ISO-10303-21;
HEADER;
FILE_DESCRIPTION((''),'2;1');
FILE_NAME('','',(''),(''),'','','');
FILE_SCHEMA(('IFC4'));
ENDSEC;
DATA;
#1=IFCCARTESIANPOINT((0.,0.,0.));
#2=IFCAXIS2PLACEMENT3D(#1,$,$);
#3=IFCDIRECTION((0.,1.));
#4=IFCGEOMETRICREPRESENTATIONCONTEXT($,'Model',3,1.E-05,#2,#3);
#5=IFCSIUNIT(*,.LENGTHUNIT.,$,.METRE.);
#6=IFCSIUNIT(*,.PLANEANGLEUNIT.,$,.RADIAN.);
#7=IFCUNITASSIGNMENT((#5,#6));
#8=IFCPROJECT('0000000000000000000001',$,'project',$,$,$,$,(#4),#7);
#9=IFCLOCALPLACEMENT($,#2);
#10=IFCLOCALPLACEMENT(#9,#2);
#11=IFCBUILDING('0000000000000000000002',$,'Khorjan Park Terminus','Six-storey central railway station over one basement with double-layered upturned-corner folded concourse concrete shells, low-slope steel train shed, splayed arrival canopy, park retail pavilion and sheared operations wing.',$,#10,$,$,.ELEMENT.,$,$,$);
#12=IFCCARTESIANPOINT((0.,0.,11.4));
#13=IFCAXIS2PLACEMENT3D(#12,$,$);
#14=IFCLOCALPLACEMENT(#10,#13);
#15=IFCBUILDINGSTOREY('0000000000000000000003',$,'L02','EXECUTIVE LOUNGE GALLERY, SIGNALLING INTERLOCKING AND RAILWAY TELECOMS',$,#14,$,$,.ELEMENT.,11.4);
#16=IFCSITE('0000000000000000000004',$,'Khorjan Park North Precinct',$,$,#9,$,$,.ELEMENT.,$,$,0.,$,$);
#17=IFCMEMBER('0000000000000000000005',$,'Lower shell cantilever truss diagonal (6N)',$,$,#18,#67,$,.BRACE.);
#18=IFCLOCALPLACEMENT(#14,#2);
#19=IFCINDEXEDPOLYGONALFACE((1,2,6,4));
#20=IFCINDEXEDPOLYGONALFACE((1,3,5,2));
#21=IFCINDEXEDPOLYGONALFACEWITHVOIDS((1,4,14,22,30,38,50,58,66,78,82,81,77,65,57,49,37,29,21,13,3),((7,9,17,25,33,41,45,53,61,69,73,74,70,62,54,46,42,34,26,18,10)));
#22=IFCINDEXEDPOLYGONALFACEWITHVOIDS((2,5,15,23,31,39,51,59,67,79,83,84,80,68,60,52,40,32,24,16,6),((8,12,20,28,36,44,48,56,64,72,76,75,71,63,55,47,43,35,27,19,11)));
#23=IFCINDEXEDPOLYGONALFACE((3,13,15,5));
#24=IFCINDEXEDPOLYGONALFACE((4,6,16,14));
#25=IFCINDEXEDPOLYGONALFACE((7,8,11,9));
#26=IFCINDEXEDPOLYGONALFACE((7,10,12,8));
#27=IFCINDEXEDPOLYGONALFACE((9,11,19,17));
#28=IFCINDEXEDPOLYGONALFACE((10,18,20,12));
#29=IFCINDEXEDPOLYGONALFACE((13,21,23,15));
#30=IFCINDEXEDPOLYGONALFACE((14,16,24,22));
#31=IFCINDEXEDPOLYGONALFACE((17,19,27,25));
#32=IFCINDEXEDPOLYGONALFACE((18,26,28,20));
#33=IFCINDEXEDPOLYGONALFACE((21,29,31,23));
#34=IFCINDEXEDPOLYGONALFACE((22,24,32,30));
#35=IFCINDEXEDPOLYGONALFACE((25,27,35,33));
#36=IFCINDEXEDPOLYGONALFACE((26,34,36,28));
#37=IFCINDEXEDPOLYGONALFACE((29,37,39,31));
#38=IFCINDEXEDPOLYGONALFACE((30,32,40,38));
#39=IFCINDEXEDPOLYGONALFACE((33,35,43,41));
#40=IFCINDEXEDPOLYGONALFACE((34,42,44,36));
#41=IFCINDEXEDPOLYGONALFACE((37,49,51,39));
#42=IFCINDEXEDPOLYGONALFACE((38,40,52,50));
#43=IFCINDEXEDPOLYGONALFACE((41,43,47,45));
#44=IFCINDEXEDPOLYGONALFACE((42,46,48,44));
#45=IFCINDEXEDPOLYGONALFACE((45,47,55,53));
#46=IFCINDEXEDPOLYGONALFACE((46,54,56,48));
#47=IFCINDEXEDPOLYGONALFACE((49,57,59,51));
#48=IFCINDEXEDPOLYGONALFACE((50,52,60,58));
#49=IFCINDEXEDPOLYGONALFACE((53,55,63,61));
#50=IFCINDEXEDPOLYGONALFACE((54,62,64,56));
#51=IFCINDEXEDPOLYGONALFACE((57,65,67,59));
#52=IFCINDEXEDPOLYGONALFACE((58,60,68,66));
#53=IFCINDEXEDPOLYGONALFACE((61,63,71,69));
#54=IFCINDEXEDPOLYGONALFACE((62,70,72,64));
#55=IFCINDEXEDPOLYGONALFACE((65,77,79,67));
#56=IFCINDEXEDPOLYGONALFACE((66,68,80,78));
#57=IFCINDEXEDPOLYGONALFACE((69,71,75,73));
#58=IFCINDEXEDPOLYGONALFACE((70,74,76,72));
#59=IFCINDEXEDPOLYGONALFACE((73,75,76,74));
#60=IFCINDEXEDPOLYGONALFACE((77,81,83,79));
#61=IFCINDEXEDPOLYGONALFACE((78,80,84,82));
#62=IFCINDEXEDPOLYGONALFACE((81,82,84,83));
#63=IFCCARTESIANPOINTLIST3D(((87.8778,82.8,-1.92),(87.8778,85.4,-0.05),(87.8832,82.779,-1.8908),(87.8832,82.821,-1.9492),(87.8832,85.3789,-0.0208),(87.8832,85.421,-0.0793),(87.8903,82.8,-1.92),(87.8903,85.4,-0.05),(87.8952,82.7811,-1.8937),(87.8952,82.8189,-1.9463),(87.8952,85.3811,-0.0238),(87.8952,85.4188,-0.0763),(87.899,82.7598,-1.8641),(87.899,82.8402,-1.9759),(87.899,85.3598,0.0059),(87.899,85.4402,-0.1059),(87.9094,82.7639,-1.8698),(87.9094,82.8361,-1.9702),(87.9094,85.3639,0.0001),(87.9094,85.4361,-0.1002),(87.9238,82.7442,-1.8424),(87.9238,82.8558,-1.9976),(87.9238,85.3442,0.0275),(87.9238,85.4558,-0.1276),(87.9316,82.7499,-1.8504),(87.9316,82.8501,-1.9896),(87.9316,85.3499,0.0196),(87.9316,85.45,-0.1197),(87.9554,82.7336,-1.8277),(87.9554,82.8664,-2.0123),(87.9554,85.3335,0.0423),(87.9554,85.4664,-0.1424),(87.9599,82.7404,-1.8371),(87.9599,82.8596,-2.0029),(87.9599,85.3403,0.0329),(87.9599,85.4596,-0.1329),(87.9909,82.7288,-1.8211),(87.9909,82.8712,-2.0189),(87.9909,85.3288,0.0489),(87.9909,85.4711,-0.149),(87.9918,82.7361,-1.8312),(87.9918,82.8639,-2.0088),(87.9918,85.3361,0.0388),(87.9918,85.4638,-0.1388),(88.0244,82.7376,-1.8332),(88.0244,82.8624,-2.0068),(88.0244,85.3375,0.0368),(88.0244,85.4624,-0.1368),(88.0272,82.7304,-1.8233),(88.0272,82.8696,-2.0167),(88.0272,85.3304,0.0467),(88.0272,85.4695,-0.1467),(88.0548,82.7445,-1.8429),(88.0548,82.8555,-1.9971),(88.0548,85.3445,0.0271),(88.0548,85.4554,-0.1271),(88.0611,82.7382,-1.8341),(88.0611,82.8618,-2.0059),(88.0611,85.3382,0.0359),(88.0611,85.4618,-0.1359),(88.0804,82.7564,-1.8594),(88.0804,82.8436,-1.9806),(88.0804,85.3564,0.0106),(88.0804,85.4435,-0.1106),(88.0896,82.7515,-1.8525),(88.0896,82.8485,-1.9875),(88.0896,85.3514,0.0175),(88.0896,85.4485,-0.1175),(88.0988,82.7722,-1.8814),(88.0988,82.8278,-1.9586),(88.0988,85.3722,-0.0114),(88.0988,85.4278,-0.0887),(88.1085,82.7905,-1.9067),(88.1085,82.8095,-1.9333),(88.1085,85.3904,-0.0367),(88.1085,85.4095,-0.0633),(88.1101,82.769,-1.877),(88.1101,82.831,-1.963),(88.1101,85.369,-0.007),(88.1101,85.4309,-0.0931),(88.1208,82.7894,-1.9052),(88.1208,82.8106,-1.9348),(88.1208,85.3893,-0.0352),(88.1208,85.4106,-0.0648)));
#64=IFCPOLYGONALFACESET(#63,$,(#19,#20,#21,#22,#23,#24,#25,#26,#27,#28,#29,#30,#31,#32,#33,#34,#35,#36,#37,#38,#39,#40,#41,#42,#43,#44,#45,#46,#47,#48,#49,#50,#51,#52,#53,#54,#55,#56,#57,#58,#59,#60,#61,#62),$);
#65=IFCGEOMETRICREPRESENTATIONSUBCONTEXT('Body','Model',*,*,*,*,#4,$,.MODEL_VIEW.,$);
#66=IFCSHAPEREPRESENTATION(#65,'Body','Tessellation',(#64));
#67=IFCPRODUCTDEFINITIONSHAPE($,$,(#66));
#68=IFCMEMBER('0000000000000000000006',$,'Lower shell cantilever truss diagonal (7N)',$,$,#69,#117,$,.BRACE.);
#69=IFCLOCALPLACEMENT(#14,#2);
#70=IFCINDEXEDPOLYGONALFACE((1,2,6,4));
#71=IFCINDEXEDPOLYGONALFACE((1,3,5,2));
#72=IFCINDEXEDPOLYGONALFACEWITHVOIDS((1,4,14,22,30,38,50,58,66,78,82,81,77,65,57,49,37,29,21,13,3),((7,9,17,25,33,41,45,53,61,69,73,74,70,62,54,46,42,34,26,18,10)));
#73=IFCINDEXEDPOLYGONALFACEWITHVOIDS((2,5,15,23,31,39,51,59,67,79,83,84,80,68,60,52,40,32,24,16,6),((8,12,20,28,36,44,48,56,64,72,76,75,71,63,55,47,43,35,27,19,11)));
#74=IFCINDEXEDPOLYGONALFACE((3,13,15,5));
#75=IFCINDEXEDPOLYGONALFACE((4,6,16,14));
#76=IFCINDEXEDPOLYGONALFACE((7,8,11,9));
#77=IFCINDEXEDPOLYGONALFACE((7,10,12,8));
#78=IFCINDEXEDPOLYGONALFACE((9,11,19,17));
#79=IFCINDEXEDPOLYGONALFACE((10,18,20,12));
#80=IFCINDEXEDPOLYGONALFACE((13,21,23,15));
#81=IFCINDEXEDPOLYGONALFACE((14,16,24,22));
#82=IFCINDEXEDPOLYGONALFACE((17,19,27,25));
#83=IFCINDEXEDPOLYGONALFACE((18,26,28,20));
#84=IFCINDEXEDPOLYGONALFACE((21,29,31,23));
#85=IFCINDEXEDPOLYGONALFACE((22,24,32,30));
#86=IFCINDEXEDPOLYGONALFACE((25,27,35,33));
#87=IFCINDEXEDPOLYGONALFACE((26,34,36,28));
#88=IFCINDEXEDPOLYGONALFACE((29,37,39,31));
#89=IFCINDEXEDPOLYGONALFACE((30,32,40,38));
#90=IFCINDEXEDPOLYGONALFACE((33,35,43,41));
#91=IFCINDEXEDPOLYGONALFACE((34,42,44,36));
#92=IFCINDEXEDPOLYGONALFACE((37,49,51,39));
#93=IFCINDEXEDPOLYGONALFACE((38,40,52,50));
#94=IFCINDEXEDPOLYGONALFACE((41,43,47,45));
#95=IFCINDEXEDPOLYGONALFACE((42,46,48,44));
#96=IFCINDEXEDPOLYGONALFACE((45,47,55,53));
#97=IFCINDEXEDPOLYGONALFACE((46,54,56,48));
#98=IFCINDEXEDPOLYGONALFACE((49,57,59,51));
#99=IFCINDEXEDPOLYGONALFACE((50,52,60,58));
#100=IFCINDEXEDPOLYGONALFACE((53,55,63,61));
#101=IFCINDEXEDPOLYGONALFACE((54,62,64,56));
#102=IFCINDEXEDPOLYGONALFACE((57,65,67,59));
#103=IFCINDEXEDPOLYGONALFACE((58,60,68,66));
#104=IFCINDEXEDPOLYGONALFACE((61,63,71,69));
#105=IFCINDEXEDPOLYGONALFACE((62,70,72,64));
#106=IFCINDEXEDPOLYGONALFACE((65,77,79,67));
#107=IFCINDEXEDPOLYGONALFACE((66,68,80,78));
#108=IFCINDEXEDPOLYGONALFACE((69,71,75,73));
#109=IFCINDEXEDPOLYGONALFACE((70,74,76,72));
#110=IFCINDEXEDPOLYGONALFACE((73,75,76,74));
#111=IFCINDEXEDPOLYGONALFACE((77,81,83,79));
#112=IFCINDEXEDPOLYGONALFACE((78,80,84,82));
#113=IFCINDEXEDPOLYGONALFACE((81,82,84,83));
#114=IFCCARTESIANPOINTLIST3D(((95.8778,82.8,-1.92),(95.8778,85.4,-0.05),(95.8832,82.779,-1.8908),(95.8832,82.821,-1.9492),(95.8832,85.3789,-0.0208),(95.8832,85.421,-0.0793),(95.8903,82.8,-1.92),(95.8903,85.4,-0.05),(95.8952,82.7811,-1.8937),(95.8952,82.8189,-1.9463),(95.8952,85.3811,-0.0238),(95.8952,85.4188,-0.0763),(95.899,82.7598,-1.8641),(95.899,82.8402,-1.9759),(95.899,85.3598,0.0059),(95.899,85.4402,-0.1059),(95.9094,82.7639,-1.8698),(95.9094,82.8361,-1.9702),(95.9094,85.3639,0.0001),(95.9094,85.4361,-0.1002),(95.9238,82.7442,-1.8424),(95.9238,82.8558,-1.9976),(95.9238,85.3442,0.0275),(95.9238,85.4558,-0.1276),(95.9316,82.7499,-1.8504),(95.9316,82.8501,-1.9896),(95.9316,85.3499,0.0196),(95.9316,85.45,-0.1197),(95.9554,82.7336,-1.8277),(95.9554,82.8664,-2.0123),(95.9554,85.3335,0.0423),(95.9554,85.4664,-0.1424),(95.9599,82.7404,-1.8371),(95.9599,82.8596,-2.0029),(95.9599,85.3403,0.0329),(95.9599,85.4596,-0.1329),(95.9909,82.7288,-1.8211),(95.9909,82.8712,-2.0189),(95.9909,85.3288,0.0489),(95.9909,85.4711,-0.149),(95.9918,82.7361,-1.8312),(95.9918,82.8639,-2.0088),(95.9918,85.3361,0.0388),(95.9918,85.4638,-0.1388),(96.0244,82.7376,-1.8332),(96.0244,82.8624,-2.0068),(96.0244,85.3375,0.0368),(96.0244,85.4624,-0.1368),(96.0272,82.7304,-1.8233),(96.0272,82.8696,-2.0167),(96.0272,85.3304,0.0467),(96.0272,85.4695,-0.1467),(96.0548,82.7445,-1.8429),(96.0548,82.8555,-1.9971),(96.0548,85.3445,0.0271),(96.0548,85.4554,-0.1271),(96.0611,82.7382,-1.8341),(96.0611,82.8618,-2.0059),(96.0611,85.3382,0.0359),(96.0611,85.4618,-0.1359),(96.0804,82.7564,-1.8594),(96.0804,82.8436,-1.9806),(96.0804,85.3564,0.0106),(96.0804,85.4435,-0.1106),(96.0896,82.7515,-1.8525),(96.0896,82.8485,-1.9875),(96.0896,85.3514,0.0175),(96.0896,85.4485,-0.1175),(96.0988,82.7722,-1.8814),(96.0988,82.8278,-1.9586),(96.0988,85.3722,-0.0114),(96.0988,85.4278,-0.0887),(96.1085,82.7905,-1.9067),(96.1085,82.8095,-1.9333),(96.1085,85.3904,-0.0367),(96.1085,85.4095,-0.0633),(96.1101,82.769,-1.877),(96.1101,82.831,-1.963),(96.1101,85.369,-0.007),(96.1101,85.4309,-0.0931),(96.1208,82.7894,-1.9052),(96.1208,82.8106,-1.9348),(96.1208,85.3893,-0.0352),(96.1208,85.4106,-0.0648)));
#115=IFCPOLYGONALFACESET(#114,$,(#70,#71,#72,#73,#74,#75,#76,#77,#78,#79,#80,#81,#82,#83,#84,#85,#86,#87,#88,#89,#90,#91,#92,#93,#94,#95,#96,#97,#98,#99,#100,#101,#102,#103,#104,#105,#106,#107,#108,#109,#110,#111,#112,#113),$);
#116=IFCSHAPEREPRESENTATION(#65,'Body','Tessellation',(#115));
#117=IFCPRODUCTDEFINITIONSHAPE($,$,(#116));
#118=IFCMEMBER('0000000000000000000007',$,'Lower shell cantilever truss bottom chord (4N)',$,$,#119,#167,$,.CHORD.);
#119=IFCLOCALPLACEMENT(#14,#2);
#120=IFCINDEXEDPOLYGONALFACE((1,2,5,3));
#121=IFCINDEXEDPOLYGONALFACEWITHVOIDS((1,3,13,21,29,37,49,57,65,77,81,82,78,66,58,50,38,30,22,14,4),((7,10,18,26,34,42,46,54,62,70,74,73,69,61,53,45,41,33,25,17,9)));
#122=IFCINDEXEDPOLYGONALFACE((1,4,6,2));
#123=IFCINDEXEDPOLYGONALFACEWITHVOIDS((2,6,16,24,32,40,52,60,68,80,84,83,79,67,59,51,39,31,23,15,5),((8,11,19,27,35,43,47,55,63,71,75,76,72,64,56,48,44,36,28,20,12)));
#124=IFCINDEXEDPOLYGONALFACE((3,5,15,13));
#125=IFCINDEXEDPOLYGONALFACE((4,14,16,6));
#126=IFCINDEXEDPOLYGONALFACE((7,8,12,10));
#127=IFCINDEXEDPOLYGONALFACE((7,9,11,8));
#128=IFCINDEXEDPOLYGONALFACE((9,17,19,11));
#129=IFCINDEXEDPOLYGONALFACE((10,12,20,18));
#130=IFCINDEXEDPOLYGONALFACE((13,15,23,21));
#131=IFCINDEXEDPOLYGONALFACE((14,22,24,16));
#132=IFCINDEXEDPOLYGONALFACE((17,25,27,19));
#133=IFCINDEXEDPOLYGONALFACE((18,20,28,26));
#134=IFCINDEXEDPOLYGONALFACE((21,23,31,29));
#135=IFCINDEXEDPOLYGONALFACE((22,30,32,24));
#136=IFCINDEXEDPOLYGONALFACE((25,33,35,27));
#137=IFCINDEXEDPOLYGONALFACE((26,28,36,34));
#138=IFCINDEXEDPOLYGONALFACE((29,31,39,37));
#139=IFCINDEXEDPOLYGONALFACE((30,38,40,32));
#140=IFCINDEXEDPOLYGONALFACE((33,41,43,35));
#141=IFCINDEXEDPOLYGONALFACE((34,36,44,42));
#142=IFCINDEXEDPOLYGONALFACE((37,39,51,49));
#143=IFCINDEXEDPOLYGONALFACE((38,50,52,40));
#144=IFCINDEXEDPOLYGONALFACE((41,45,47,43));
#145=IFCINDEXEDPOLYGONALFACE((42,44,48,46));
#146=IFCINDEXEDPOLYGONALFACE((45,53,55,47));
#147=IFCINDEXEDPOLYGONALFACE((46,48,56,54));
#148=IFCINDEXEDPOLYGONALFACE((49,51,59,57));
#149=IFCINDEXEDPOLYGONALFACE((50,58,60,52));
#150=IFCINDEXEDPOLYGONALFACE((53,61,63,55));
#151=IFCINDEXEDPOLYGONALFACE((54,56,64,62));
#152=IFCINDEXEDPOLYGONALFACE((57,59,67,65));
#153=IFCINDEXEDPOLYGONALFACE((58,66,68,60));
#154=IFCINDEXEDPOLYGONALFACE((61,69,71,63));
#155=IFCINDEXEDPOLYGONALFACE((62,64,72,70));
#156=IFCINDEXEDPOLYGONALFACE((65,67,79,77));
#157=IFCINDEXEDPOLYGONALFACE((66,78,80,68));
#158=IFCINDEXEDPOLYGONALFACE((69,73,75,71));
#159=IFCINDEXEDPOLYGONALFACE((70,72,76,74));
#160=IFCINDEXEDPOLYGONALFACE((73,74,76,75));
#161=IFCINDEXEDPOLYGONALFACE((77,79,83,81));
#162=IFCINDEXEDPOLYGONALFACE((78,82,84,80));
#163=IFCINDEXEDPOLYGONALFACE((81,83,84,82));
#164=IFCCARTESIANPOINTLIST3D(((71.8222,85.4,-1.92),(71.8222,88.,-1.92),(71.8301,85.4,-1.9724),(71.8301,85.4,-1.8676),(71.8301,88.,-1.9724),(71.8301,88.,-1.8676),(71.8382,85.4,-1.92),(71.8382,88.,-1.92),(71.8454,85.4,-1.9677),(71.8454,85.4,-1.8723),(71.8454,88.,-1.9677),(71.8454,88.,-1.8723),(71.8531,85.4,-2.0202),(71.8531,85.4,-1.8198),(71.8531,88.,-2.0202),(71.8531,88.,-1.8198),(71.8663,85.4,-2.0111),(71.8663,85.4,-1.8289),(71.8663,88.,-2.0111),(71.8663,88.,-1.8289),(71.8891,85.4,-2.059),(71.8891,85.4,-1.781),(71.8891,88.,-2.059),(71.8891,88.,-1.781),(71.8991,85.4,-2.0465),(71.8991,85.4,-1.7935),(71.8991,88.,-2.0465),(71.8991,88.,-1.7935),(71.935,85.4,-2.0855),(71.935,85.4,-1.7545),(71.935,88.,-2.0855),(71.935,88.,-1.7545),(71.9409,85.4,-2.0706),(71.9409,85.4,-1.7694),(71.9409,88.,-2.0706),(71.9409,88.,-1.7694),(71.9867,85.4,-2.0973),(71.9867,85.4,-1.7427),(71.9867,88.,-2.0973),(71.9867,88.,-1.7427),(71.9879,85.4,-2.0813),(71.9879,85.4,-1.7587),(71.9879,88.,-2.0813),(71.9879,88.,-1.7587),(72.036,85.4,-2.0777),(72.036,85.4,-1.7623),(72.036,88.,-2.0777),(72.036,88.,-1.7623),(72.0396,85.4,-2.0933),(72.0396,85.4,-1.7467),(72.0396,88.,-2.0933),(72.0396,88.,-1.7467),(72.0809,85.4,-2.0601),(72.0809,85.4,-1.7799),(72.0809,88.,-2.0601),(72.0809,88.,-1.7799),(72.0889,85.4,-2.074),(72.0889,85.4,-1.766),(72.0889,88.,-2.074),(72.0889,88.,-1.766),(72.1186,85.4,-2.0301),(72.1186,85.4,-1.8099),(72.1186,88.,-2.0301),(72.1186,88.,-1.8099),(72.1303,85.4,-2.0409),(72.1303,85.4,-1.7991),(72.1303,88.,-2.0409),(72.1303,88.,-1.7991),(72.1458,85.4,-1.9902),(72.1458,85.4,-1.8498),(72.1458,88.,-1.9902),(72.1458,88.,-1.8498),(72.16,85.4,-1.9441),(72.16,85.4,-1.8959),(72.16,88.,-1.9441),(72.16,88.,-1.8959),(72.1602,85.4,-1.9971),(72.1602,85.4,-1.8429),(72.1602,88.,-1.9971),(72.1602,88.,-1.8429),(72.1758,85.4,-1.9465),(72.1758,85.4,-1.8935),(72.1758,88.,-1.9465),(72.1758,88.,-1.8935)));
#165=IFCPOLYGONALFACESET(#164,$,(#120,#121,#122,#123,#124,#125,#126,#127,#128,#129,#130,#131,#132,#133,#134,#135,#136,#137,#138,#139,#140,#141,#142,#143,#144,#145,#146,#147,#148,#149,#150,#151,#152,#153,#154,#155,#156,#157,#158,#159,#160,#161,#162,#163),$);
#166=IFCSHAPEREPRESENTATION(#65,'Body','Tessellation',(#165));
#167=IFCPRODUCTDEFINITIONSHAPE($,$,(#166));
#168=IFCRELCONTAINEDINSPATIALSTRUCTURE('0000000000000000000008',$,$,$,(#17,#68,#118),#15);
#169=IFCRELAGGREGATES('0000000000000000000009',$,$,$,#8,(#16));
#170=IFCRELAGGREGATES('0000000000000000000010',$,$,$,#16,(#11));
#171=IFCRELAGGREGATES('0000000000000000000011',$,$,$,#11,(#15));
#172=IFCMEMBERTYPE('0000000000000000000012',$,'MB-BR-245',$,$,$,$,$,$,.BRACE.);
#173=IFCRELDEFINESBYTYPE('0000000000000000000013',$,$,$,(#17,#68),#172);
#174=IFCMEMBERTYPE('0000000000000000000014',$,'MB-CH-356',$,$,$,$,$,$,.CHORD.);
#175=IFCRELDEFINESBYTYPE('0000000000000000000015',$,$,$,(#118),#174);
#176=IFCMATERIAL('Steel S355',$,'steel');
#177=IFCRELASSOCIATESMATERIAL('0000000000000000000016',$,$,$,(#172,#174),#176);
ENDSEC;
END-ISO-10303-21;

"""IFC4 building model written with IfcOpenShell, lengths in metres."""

from ifc_helpers import new_model, si_unit, direction, frame, origin, origin_2d, place, context, subcontext, project, spatial, hollow_circle, extrude, material, material_profile, profile_set, type_object, element, save


model = new_model("IFC4")

# Units and contexts
model_context = context("Model", 3, precision=1e-05, world=origin(), true_north=direction((0.0, 1.0)))
body_context = subcontext(model_context, "Body", "Model", "MODEL_VIEW")
ifc_project = project(units=[si_unit("LENGTHUNIT", "METRE"), si_unit("PLANEANGLEUNIT", "RADIAN")], contexts=[model_context])

# Site, building, storey
site_placement = place(None, origin())
site = spatial("IfcSite", under=ifc_project, at=site_placement, Name="Khorjan Park North Precinct", CompositionType="ELEMENT", RefElevation=0.0)
building_placement = place(site_placement, origin())
building = spatial("IfcBuilding", under=site, at=building_placement, Name="Khorjan Park Terminus", Description="Six-storey central railway station over one basement with double-layered upturned-corner folded concourse concrete shells, low-slope steel train shed, splayed arrival canopy, park retail pavilion and sheared operations wing.", CompositionType="ELEMENT")
storey_placement = place(building_placement, frame((0.0, 0.0, 11.4)))
storey = spatial("IfcBuildingStorey", under=building, at=storey_placement, Name="L02", Description="EXECUTIVE LOUNGE GALLERY, SIGNALLING INTERLOCKING AND RAILWAY TELECOMS", CompositionType="ELEMENT", Elevation=11.4)

# Members
ifc_material_1 = material(Name="Steel S355", Category="steel")
ifc_material_profile_1 = material_profile(ifc_material_1, hollow_circle(Radius=0.1222, WallThickness=0.0125, at=origin_2d()), Name="CHS 244.5x12.5")
ifc_profile_set_1 = profile_set([ifc_material_profile_1], Name="Steel S355")
member_type_1 = type_object("IfcMemberType", Name="MB-BR-245", PredefinedType="BRACE", material=ifc_profile_set_1)
for number, where, z_axis, x_axis, name in (
    (1, (88.0, 82.8, -1.92), (0.0, 0.81183, 0.583893), (-1.0, 0.0, 0.0), "Lower shell cantilever truss diagonal (6N)"),
    (2, (96.0, 82.8, -1.92), (0.0, 0.81183, 0.583893), (-1.0, 0.0, 0.0), "Lower shell cantilever truss diagonal (7N)"),
):
    element("IfcMember", number, at=place(storey_placement, frame(where, z_axis=z_axis, x_axis=x_axis)), inside=storey, type_object=member_type_1, Name=name, PredefinedType="BRACE", context=body_context, shape_type="SweptSolid", body=[
        extrude(hollow_circle(Radius=0.1222, WallThickness=0.0125, at=origin_2d()), origin(), (0.0, 0.0, 1.0), 3.2026),
    ])
ifc_material_profile_2 = material_profile(ifc_material_1, hollow_circle(Radius=0.1778, WallThickness=0.016, at=origin_2d()), Name="CHS 355.6x16")
ifc_profile_set_2 = profile_set([ifc_material_profile_2], Name="Steel S355")
member_type_2 = type_object("IfcMemberType", Name="MB-CH-356", PredefinedType="CHORD", material=ifc_profile_set_2)
for number, where, z_axis, x_axis, name in (
    (3, (72.0, 85.4, -1.92), (0.0, 1.0, 0.0), (-1.0, 0.0, 0.0), "Lower shell cantilever truss bottom chord (4N)"),
):
    element("IfcMember", number, at=place(storey_placement, frame(where, z_axis=z_axis, x_axis=x_axis)), inside=storey, type_object=member_type_2, Name=name, PredefinedType="CHORD", context=body_context, shape_type="SweptSolid", body=[
        extrude(hollow_circle(Radius=0.1778, WallThickness=0.016, at=origin_2d()), origin(), (0.0, 0.0, 1.0), 2.6),
    ])

save(model, "model.ifc")
